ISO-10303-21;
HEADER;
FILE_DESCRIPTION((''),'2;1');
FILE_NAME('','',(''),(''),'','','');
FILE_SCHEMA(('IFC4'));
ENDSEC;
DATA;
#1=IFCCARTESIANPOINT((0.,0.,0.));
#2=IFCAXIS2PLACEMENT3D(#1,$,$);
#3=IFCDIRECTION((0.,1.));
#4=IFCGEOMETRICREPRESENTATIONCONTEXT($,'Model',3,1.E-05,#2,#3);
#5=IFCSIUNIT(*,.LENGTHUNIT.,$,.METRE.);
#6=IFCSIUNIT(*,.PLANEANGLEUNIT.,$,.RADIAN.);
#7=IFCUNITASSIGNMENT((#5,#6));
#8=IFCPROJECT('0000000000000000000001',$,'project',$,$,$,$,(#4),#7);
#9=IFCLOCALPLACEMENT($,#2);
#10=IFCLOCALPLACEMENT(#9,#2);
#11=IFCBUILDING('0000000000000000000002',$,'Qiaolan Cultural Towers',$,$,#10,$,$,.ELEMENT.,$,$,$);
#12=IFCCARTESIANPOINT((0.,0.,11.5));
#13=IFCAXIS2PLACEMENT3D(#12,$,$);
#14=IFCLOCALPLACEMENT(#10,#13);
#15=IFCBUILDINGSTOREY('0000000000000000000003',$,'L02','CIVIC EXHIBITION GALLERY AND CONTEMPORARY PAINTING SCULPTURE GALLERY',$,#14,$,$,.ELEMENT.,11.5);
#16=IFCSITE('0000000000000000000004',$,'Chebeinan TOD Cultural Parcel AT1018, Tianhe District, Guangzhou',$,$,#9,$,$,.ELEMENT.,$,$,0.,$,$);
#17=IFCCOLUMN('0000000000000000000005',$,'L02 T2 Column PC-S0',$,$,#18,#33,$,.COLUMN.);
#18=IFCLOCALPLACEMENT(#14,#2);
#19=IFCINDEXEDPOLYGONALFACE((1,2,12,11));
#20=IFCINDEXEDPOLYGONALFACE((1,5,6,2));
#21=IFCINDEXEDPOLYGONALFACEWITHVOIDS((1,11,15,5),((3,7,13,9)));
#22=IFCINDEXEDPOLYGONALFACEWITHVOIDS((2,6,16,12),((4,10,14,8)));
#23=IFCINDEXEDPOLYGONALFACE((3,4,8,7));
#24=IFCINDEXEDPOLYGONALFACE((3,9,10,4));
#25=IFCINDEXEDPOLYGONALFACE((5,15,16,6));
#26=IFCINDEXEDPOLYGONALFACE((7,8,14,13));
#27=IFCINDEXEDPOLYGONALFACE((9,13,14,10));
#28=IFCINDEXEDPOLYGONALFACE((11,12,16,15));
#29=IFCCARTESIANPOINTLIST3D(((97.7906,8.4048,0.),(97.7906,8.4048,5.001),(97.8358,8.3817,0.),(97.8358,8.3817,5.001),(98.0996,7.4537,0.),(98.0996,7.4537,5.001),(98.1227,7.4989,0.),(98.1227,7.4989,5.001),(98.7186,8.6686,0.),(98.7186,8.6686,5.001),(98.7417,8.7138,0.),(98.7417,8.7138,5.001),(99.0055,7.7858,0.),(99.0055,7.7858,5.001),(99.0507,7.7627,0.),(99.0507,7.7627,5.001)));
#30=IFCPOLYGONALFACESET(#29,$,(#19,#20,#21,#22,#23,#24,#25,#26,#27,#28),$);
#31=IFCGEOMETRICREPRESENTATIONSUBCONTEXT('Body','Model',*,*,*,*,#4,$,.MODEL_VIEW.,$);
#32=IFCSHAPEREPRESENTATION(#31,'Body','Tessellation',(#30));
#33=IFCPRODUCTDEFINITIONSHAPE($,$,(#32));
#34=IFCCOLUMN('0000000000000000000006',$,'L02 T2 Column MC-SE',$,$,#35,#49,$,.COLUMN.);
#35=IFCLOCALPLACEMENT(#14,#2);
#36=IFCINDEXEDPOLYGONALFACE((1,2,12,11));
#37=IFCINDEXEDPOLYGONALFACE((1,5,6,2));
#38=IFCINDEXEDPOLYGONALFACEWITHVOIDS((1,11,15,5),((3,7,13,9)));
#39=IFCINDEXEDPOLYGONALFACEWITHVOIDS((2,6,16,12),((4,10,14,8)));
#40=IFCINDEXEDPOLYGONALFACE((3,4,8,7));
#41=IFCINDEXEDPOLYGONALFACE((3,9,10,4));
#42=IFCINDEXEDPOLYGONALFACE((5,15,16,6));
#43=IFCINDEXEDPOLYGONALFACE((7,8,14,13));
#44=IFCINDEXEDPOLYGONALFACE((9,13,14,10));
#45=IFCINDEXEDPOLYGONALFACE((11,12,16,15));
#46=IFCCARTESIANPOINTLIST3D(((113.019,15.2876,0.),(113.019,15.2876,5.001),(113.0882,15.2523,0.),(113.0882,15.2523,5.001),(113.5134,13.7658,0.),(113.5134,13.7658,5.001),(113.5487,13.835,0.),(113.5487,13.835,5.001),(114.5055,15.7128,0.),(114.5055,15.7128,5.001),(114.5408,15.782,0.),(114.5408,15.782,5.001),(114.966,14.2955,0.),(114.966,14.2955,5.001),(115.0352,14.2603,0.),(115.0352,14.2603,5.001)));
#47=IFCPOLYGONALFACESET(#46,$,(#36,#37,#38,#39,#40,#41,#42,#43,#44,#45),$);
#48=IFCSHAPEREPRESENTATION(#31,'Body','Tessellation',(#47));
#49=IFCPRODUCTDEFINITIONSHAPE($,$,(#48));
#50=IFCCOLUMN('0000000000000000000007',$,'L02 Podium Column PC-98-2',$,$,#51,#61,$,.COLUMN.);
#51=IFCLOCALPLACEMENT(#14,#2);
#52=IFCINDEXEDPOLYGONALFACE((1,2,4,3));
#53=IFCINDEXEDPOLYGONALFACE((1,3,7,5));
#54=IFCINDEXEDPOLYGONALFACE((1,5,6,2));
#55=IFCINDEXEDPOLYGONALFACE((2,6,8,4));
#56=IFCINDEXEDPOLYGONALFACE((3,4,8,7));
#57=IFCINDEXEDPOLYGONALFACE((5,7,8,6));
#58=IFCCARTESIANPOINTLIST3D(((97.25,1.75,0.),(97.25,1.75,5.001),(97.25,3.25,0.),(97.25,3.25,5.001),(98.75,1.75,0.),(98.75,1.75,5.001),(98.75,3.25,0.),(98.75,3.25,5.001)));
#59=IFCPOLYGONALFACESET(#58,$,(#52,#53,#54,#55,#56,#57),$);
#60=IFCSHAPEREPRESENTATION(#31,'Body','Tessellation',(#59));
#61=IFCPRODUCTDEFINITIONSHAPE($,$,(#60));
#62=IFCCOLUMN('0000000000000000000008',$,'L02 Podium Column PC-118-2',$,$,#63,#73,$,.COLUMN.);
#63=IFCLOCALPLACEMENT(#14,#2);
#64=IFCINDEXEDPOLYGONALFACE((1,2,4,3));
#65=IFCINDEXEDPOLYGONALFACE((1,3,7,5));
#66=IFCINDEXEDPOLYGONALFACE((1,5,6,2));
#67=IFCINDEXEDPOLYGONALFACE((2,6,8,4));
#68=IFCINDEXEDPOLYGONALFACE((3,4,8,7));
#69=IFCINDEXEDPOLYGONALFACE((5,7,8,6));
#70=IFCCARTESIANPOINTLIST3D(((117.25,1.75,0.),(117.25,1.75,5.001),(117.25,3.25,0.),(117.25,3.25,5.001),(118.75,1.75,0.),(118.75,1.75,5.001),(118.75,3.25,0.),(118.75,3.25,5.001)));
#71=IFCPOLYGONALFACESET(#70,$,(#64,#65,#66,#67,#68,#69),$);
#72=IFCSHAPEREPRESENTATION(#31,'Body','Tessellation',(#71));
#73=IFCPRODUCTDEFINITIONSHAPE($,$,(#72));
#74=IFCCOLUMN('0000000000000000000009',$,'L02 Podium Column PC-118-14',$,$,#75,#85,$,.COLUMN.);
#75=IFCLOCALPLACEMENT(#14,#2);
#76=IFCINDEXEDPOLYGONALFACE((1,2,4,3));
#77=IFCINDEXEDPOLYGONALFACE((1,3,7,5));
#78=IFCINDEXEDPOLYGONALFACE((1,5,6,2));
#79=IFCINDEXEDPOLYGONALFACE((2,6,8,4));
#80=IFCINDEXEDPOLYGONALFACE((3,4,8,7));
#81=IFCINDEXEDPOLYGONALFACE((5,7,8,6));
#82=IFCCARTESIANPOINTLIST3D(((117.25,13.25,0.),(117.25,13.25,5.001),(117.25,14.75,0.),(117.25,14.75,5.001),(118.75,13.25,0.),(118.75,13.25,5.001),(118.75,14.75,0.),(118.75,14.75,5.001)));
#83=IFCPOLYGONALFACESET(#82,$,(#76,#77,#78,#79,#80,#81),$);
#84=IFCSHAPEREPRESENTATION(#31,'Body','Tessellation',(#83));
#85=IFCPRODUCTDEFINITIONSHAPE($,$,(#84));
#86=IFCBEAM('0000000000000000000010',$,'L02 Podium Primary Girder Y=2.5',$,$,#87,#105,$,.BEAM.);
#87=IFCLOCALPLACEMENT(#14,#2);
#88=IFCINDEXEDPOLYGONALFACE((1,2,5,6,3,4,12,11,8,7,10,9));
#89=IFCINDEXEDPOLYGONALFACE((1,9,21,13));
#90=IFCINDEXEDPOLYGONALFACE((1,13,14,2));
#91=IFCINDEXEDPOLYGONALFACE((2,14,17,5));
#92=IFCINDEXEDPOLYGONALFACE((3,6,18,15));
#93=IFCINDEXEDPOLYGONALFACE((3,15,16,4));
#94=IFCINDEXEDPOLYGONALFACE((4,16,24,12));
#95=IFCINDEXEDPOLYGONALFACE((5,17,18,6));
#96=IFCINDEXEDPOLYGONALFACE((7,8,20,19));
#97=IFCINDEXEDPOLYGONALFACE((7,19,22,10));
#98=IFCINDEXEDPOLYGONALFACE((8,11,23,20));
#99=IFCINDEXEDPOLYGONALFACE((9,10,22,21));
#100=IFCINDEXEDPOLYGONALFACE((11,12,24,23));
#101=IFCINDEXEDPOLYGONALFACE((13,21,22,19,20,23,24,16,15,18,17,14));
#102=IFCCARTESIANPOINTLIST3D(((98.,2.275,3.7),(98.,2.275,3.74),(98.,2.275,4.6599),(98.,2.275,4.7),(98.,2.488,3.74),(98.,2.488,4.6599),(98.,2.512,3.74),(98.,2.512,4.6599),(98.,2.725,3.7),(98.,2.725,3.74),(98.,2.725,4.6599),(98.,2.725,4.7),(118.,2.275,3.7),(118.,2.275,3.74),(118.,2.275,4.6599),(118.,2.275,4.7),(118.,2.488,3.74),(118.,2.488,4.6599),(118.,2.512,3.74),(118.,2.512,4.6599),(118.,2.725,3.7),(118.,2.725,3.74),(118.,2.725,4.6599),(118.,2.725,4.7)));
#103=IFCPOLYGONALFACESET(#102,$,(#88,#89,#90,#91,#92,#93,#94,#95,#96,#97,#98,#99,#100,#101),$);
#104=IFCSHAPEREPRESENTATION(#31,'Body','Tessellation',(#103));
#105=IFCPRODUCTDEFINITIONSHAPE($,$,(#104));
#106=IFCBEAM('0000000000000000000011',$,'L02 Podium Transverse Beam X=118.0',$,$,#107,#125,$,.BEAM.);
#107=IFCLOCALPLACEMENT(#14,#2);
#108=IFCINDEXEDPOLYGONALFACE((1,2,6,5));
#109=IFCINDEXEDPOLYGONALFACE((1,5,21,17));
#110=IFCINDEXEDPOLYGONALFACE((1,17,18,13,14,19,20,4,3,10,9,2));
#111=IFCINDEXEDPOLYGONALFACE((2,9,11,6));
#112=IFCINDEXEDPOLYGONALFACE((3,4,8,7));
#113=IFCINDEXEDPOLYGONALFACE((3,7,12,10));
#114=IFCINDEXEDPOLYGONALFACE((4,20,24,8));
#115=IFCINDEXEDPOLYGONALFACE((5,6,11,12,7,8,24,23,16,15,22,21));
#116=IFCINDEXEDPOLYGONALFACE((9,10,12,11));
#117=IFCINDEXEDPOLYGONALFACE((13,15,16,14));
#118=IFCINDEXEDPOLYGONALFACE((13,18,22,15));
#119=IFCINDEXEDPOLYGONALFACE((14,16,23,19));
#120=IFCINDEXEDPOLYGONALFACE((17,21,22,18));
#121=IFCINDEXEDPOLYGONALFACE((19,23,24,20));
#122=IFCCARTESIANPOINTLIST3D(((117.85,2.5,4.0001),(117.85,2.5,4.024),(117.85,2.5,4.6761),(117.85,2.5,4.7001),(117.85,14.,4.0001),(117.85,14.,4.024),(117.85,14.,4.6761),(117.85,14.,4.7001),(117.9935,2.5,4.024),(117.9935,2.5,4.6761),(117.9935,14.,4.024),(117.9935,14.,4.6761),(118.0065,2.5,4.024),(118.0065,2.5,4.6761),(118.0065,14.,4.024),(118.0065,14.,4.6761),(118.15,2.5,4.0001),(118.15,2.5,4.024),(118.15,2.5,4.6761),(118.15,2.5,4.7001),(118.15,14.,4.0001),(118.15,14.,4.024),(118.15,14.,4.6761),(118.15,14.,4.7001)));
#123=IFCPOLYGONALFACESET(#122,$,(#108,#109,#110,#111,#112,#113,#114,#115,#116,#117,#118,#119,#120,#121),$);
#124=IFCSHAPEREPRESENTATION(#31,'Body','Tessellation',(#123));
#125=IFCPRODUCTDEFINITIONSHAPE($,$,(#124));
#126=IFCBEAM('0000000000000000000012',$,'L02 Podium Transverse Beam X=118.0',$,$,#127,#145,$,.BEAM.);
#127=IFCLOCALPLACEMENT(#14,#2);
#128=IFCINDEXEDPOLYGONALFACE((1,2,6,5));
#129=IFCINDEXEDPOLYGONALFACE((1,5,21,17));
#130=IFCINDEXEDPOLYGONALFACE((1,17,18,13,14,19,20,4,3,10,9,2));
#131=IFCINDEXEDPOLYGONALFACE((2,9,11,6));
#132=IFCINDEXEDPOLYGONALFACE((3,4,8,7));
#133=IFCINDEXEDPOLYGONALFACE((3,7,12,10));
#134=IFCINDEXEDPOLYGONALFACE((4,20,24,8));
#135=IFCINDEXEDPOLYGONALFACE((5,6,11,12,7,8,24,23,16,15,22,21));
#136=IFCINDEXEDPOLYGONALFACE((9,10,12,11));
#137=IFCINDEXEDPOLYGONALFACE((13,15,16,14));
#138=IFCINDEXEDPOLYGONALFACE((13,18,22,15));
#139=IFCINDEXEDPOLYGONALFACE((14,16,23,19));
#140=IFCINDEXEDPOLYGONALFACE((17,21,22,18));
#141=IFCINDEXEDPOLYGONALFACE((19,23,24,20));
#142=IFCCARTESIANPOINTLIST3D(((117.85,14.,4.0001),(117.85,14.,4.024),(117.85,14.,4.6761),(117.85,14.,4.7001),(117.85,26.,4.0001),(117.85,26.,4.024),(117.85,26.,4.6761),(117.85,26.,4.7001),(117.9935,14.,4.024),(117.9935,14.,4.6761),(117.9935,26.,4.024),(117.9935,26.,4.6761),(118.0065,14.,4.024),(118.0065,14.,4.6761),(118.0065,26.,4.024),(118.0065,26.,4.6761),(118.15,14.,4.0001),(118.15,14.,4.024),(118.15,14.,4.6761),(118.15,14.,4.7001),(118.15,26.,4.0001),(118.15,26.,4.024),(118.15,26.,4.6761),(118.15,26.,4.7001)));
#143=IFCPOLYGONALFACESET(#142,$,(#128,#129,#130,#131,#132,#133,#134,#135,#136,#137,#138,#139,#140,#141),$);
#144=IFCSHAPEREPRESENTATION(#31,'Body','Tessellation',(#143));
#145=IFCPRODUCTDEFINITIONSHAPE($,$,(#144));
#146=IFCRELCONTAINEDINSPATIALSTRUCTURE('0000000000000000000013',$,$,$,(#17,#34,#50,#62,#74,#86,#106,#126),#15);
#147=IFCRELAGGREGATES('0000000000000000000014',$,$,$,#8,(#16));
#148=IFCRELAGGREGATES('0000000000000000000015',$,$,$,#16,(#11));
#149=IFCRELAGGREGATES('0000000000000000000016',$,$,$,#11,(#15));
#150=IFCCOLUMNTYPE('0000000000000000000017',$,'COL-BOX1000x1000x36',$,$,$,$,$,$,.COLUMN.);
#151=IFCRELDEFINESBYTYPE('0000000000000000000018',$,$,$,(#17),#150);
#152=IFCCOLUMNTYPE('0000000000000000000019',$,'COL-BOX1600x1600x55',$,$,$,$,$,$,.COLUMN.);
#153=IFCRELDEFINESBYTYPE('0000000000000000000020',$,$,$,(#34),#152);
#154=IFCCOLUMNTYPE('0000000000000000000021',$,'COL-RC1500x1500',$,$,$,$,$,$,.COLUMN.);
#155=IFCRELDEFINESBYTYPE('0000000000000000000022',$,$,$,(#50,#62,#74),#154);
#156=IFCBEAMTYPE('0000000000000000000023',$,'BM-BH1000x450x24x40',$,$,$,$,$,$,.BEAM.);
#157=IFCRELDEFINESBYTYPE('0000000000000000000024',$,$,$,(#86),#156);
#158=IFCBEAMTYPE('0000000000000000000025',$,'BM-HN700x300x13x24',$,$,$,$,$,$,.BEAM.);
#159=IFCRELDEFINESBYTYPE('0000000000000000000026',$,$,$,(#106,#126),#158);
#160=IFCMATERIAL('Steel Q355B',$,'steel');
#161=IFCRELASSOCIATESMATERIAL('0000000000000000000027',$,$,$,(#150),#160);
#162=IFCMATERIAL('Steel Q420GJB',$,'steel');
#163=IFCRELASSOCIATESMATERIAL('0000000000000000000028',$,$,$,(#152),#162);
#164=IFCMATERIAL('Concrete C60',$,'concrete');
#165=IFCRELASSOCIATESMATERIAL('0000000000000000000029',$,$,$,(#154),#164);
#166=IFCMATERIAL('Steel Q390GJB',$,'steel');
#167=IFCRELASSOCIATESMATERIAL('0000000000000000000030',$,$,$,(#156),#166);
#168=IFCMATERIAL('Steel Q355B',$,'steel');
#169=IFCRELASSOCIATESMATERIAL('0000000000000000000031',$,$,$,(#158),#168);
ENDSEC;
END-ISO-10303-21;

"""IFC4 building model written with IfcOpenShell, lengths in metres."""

from ifc_helpers import new_model, si_unit, direction, frame, origin, origin_2d, place, context, subcontext, project, spatial, rectangle, hollow_rectangle, i_section, extrude, material, material_profile, profile_set, type_object, element, save


model = new_model("IFC4")

# Units and contexts
model_context = context("Model", 3, precision=1e-05, world=origin(), true_north=direction((0.0, 1.0)))
body_context = subcontext(model_context, "Body", "Model", "MODEL_VIEW")
ifc_project = project(units=[si_unit("LENGTHUNIT", "METRE"), si_unit("PLANEANGLEUNIT", "RADIAN")], contexts=[model_context])

# Site, building, storey
site_placement = place(None, origin())
site = spatial("IfcSite", under=ifc_project, at=site_placement, Name="Chebeinan TOD Cultural Parcel AT1018, Tianhe District, Guangzhou", CompositionType="ELEMENT", RefElevation=0.0)
building_placement = place(site_placement, origin())
building = spatial("IfcBuilding", under=site, at=building_placement, Name="Qiaolan Cultural Towers", CompositionType="ELEMENT")
storey_placement = place(building_placement, frame((0.0, 0.0, 11.5)))
storey = spatial("IfcBuildingStorey", under=building, at=storey_placement, Name="L02", Description="CIVIC EXHIBITION GALLERY AND CONTEMPORARY PAINTING SCULPTURE GALLERY", CompositionType="ELEMENT", Elevation=11.5)

# Columns
ifc_material_1 = material(Name="Steel Q355B", Category="steel")
ifc_material_profile_1 = material_profile(ifc_material_1, hollow_rectangle(XDim=1.0, YDim=1.0, WallThickness=0.0359, at=origin_2d()), Name="BOX1000x1000x36")
ifc_profile_set_1 = profile_set([ifc_material_profile_1], Name="Steel Q355B")
column_type_1 = type_object("IfcColumnType", Name="COL-BOX1000x1000x36", PredefinedType="COLUMN", material=ifc_profile_set_1)
column_1_placement = place(storey_placement, frame((98.4207, 8.0837, 0.0), z_axis=(0.0, 0.0, 1.0), x_axis=(0.951057, 0.309017, 0.0)))
element("IfcColumn", 1, at=column_1_placement, inside=storey, type_object=column_type_1, Name="L02 T2 Column PC-S0", PredefinedType="COLUMN", context=body_context, shape_type="SweptSolid", body=[
    extrude(hollow_rectangle(XDim=1.0, YDim=1.0, WallThickness=0.0359, at=origin_2d()), origin(), (0.0, 0.0, 1.0), 5.001),
])
ifc_material_2 = material(Name="Steel Q420GJB", Category="steel")
ifc_material_profile_2 = material_profile(ifc_material_2, hollow_rectangle(XDim=1.6001, YDim=1.6001, WallThickness=0.0549, at=origin_2d()), Name="BOX1600x1600x55")
ifc_profile_set_2 = profile_set([ifc_material_profile_2], Name="Steel Q420GJB")
column_type_2 = type_object("IfcColumnType", Name="COL-BOX1600x1600x55", PredefinedType="COLUMN", material=ifc_profile_set_2)
column_2_placement = place(storey_placement, frame((114.0271, 14.7739, 0.0), z_axis=(0.0, 0.0, 1.0), x_axis=(0.951057, 0.309017, 0.0)))
element("IfcColumn", 2, at=column_2_placement, inside=storey, type_object=column_type_2, Name="L02 T2 Column MC-SE", PredefinedType="COLUMN", context=body_context, shape_type="SweptSolid", body=[
    extrude(hollow_rectangle(XDim=1.6001, YDim=1.6001, WallThickness=0.0549, at=origin_2d()), origin(), (0.0, 0.0, 1.0), 5.001),
])
ifc_material_3 = material(Name="Concrete C60", Category="concrete")
ifc_material_profile_3 = material_profile(ifc_material_3, rectangle(XDim=1.5, YDim=1.5, at=origin_2d()), Name="RC1500x1500")
ifc_profile_set_3 = profile_set([ifc_material_profile_3], Name="Concrete C60")
column_type_3 = type_object("IfcColumnType", Name="COL-RC1500x1500", PredefinedType="COLUMN", material=ifc_profile_set_3)
for number, where, z_axis, x_axis, name in (
    (3, (98.0, 2.5, 0.0), (0.0, 0.0, 1.0), (1.0, 0.0, 0.0), "L02 Podium Column PC-98-2"),
    (4, (118.0, 2.5, 0.0), (0.0, 0.0, 1.0), (1.0, 0.0, 0.0), "L02 Podium Column PC-118-2"),
    (5, (118.0, 14.0, 0.0), (0.0, 0.0, 1.0), (1.0, 0.0, 0.0), "L02 Podium Column PC-118-14"),
):
    element("IfcColumn", number, at=place(storey_placement, frame(where, z_axis=z_axis, x_axis=x_axis)), inside=storey, type_object=column_type_3, Name=name, PredefinedType="COLUMN", context=body_context, shape_type="SweptSolid", body=[
        extrude(rectangle(XDim=1.5, YDim=1.5, at=origin_2d()), origin(), (0.0, 0.0, 1.0), 5.001),
    ])

# Beams
ifc_material_4 = material(Name="Steel Q390GJB", Category="steel")
ifc_material_profile_4 = material_profile(ifc_material_4, i_section(OverallWidth=0.45, OverallDepth=1.0, WebThickness=0.0239, FlangeThickness=0.04, at=origin_2d()), Name="BH1000x450x24x40")
ifc_profile_set_4 = profile_set([ifc_material_profile_4], Name="Steel Q390GJB")
beam_type_1 = type_object("IfcBeamType", Name="BM-BH1000x450x24x40", PredefinedType="BEAM", material=ifc_profile_set_4)
beam_1_placement = place(storey_placement, frame((98.0, 2.5, 4.2), z_axis=(1.0, 0.0, 0.0), x_axis=(0.0, 1.0, 0.0)))
element("IfcBeam", 6, at=beam_1_placement, inside=storey, type_object=beam_type_1, Name="L02 Podium Primary Girder Y=2.5", PredefinedType="BEAM", context=body_context, shape_type="SweptSolid", body=[
    extrude(i_section(OverallWidth=0.45, OverallDepth=1.0, WebThickness=0.0239, FlangeThickness=0.04, at=origin_2d()), origin(), (0.0, 0.0, 1.0), 20.0),
])
ifc_material_5 = material(Name="Steel Q355B", Category="steel")
ifc_material_profile_5 = material_profile(ifc_material_5, i_section(OverallWidth=0.3, OverallDepth=0.7, WebThickness=0.0129, FlangeThickness=0.0239, at=origin_2d()), Name="HN700x300x13x24")
ifc_profile_set_5 = profile_set([ifc_material_profile_5], Name="Steel Q355B")
beam_type_2 = type_object("IfcBeamType", Name="BM-HN700x300x13x24", PredefinedType="BEAM", material=ifc_profile_set_5)
beam_2_placement = place(storey_placement, frame((118.0, 2.5, 4.3501), z_axis=(0.0, 1.0, 0.0), x_axis=(-1.0, 0.0, 0.0)))
element("IfcBeam", 7, at=beam_2_placement, inside=storey, type_object=beam_type_2, Name="L02 Podium Transverse Beam X=118.0", PredefinedType="BEAM", context=body_context, shape_type="SweptSolid", body=[
    extrude(i_section(OverallWidth=0.3, OverallDepth=0.7, WebThickness=0.0129, FlangeThickness=0.0239, at=origin_2d()), origin(), (0.0, 0.0, 1.0), 11.5),
])
beam_3_placement = place(storey_placement, frame((118.0, 14.0, 4.3501), z_axis=(0.0, 1.0, 0.0), x_axis=(-1.0, 0.0, 0.0)))
element("IfcBeam", 8, at=beam_3_placement, inside=storey, type_object=beam_type_2, Name="L02 Podium Transverse Beam X=118.0", PredefinedType="BEAM", context=body_context, shape_type="SweptSolid", body=[
    extrude(i_section(OverallWidth=0.3, OverallDepth=0.7, WebThickness=0.0129, FlangeThickness=0.0239, at=origin_2d()), origin(), (0.0, 0.0, 1.0), 12.0),
])

save(model, "model.ifc")
